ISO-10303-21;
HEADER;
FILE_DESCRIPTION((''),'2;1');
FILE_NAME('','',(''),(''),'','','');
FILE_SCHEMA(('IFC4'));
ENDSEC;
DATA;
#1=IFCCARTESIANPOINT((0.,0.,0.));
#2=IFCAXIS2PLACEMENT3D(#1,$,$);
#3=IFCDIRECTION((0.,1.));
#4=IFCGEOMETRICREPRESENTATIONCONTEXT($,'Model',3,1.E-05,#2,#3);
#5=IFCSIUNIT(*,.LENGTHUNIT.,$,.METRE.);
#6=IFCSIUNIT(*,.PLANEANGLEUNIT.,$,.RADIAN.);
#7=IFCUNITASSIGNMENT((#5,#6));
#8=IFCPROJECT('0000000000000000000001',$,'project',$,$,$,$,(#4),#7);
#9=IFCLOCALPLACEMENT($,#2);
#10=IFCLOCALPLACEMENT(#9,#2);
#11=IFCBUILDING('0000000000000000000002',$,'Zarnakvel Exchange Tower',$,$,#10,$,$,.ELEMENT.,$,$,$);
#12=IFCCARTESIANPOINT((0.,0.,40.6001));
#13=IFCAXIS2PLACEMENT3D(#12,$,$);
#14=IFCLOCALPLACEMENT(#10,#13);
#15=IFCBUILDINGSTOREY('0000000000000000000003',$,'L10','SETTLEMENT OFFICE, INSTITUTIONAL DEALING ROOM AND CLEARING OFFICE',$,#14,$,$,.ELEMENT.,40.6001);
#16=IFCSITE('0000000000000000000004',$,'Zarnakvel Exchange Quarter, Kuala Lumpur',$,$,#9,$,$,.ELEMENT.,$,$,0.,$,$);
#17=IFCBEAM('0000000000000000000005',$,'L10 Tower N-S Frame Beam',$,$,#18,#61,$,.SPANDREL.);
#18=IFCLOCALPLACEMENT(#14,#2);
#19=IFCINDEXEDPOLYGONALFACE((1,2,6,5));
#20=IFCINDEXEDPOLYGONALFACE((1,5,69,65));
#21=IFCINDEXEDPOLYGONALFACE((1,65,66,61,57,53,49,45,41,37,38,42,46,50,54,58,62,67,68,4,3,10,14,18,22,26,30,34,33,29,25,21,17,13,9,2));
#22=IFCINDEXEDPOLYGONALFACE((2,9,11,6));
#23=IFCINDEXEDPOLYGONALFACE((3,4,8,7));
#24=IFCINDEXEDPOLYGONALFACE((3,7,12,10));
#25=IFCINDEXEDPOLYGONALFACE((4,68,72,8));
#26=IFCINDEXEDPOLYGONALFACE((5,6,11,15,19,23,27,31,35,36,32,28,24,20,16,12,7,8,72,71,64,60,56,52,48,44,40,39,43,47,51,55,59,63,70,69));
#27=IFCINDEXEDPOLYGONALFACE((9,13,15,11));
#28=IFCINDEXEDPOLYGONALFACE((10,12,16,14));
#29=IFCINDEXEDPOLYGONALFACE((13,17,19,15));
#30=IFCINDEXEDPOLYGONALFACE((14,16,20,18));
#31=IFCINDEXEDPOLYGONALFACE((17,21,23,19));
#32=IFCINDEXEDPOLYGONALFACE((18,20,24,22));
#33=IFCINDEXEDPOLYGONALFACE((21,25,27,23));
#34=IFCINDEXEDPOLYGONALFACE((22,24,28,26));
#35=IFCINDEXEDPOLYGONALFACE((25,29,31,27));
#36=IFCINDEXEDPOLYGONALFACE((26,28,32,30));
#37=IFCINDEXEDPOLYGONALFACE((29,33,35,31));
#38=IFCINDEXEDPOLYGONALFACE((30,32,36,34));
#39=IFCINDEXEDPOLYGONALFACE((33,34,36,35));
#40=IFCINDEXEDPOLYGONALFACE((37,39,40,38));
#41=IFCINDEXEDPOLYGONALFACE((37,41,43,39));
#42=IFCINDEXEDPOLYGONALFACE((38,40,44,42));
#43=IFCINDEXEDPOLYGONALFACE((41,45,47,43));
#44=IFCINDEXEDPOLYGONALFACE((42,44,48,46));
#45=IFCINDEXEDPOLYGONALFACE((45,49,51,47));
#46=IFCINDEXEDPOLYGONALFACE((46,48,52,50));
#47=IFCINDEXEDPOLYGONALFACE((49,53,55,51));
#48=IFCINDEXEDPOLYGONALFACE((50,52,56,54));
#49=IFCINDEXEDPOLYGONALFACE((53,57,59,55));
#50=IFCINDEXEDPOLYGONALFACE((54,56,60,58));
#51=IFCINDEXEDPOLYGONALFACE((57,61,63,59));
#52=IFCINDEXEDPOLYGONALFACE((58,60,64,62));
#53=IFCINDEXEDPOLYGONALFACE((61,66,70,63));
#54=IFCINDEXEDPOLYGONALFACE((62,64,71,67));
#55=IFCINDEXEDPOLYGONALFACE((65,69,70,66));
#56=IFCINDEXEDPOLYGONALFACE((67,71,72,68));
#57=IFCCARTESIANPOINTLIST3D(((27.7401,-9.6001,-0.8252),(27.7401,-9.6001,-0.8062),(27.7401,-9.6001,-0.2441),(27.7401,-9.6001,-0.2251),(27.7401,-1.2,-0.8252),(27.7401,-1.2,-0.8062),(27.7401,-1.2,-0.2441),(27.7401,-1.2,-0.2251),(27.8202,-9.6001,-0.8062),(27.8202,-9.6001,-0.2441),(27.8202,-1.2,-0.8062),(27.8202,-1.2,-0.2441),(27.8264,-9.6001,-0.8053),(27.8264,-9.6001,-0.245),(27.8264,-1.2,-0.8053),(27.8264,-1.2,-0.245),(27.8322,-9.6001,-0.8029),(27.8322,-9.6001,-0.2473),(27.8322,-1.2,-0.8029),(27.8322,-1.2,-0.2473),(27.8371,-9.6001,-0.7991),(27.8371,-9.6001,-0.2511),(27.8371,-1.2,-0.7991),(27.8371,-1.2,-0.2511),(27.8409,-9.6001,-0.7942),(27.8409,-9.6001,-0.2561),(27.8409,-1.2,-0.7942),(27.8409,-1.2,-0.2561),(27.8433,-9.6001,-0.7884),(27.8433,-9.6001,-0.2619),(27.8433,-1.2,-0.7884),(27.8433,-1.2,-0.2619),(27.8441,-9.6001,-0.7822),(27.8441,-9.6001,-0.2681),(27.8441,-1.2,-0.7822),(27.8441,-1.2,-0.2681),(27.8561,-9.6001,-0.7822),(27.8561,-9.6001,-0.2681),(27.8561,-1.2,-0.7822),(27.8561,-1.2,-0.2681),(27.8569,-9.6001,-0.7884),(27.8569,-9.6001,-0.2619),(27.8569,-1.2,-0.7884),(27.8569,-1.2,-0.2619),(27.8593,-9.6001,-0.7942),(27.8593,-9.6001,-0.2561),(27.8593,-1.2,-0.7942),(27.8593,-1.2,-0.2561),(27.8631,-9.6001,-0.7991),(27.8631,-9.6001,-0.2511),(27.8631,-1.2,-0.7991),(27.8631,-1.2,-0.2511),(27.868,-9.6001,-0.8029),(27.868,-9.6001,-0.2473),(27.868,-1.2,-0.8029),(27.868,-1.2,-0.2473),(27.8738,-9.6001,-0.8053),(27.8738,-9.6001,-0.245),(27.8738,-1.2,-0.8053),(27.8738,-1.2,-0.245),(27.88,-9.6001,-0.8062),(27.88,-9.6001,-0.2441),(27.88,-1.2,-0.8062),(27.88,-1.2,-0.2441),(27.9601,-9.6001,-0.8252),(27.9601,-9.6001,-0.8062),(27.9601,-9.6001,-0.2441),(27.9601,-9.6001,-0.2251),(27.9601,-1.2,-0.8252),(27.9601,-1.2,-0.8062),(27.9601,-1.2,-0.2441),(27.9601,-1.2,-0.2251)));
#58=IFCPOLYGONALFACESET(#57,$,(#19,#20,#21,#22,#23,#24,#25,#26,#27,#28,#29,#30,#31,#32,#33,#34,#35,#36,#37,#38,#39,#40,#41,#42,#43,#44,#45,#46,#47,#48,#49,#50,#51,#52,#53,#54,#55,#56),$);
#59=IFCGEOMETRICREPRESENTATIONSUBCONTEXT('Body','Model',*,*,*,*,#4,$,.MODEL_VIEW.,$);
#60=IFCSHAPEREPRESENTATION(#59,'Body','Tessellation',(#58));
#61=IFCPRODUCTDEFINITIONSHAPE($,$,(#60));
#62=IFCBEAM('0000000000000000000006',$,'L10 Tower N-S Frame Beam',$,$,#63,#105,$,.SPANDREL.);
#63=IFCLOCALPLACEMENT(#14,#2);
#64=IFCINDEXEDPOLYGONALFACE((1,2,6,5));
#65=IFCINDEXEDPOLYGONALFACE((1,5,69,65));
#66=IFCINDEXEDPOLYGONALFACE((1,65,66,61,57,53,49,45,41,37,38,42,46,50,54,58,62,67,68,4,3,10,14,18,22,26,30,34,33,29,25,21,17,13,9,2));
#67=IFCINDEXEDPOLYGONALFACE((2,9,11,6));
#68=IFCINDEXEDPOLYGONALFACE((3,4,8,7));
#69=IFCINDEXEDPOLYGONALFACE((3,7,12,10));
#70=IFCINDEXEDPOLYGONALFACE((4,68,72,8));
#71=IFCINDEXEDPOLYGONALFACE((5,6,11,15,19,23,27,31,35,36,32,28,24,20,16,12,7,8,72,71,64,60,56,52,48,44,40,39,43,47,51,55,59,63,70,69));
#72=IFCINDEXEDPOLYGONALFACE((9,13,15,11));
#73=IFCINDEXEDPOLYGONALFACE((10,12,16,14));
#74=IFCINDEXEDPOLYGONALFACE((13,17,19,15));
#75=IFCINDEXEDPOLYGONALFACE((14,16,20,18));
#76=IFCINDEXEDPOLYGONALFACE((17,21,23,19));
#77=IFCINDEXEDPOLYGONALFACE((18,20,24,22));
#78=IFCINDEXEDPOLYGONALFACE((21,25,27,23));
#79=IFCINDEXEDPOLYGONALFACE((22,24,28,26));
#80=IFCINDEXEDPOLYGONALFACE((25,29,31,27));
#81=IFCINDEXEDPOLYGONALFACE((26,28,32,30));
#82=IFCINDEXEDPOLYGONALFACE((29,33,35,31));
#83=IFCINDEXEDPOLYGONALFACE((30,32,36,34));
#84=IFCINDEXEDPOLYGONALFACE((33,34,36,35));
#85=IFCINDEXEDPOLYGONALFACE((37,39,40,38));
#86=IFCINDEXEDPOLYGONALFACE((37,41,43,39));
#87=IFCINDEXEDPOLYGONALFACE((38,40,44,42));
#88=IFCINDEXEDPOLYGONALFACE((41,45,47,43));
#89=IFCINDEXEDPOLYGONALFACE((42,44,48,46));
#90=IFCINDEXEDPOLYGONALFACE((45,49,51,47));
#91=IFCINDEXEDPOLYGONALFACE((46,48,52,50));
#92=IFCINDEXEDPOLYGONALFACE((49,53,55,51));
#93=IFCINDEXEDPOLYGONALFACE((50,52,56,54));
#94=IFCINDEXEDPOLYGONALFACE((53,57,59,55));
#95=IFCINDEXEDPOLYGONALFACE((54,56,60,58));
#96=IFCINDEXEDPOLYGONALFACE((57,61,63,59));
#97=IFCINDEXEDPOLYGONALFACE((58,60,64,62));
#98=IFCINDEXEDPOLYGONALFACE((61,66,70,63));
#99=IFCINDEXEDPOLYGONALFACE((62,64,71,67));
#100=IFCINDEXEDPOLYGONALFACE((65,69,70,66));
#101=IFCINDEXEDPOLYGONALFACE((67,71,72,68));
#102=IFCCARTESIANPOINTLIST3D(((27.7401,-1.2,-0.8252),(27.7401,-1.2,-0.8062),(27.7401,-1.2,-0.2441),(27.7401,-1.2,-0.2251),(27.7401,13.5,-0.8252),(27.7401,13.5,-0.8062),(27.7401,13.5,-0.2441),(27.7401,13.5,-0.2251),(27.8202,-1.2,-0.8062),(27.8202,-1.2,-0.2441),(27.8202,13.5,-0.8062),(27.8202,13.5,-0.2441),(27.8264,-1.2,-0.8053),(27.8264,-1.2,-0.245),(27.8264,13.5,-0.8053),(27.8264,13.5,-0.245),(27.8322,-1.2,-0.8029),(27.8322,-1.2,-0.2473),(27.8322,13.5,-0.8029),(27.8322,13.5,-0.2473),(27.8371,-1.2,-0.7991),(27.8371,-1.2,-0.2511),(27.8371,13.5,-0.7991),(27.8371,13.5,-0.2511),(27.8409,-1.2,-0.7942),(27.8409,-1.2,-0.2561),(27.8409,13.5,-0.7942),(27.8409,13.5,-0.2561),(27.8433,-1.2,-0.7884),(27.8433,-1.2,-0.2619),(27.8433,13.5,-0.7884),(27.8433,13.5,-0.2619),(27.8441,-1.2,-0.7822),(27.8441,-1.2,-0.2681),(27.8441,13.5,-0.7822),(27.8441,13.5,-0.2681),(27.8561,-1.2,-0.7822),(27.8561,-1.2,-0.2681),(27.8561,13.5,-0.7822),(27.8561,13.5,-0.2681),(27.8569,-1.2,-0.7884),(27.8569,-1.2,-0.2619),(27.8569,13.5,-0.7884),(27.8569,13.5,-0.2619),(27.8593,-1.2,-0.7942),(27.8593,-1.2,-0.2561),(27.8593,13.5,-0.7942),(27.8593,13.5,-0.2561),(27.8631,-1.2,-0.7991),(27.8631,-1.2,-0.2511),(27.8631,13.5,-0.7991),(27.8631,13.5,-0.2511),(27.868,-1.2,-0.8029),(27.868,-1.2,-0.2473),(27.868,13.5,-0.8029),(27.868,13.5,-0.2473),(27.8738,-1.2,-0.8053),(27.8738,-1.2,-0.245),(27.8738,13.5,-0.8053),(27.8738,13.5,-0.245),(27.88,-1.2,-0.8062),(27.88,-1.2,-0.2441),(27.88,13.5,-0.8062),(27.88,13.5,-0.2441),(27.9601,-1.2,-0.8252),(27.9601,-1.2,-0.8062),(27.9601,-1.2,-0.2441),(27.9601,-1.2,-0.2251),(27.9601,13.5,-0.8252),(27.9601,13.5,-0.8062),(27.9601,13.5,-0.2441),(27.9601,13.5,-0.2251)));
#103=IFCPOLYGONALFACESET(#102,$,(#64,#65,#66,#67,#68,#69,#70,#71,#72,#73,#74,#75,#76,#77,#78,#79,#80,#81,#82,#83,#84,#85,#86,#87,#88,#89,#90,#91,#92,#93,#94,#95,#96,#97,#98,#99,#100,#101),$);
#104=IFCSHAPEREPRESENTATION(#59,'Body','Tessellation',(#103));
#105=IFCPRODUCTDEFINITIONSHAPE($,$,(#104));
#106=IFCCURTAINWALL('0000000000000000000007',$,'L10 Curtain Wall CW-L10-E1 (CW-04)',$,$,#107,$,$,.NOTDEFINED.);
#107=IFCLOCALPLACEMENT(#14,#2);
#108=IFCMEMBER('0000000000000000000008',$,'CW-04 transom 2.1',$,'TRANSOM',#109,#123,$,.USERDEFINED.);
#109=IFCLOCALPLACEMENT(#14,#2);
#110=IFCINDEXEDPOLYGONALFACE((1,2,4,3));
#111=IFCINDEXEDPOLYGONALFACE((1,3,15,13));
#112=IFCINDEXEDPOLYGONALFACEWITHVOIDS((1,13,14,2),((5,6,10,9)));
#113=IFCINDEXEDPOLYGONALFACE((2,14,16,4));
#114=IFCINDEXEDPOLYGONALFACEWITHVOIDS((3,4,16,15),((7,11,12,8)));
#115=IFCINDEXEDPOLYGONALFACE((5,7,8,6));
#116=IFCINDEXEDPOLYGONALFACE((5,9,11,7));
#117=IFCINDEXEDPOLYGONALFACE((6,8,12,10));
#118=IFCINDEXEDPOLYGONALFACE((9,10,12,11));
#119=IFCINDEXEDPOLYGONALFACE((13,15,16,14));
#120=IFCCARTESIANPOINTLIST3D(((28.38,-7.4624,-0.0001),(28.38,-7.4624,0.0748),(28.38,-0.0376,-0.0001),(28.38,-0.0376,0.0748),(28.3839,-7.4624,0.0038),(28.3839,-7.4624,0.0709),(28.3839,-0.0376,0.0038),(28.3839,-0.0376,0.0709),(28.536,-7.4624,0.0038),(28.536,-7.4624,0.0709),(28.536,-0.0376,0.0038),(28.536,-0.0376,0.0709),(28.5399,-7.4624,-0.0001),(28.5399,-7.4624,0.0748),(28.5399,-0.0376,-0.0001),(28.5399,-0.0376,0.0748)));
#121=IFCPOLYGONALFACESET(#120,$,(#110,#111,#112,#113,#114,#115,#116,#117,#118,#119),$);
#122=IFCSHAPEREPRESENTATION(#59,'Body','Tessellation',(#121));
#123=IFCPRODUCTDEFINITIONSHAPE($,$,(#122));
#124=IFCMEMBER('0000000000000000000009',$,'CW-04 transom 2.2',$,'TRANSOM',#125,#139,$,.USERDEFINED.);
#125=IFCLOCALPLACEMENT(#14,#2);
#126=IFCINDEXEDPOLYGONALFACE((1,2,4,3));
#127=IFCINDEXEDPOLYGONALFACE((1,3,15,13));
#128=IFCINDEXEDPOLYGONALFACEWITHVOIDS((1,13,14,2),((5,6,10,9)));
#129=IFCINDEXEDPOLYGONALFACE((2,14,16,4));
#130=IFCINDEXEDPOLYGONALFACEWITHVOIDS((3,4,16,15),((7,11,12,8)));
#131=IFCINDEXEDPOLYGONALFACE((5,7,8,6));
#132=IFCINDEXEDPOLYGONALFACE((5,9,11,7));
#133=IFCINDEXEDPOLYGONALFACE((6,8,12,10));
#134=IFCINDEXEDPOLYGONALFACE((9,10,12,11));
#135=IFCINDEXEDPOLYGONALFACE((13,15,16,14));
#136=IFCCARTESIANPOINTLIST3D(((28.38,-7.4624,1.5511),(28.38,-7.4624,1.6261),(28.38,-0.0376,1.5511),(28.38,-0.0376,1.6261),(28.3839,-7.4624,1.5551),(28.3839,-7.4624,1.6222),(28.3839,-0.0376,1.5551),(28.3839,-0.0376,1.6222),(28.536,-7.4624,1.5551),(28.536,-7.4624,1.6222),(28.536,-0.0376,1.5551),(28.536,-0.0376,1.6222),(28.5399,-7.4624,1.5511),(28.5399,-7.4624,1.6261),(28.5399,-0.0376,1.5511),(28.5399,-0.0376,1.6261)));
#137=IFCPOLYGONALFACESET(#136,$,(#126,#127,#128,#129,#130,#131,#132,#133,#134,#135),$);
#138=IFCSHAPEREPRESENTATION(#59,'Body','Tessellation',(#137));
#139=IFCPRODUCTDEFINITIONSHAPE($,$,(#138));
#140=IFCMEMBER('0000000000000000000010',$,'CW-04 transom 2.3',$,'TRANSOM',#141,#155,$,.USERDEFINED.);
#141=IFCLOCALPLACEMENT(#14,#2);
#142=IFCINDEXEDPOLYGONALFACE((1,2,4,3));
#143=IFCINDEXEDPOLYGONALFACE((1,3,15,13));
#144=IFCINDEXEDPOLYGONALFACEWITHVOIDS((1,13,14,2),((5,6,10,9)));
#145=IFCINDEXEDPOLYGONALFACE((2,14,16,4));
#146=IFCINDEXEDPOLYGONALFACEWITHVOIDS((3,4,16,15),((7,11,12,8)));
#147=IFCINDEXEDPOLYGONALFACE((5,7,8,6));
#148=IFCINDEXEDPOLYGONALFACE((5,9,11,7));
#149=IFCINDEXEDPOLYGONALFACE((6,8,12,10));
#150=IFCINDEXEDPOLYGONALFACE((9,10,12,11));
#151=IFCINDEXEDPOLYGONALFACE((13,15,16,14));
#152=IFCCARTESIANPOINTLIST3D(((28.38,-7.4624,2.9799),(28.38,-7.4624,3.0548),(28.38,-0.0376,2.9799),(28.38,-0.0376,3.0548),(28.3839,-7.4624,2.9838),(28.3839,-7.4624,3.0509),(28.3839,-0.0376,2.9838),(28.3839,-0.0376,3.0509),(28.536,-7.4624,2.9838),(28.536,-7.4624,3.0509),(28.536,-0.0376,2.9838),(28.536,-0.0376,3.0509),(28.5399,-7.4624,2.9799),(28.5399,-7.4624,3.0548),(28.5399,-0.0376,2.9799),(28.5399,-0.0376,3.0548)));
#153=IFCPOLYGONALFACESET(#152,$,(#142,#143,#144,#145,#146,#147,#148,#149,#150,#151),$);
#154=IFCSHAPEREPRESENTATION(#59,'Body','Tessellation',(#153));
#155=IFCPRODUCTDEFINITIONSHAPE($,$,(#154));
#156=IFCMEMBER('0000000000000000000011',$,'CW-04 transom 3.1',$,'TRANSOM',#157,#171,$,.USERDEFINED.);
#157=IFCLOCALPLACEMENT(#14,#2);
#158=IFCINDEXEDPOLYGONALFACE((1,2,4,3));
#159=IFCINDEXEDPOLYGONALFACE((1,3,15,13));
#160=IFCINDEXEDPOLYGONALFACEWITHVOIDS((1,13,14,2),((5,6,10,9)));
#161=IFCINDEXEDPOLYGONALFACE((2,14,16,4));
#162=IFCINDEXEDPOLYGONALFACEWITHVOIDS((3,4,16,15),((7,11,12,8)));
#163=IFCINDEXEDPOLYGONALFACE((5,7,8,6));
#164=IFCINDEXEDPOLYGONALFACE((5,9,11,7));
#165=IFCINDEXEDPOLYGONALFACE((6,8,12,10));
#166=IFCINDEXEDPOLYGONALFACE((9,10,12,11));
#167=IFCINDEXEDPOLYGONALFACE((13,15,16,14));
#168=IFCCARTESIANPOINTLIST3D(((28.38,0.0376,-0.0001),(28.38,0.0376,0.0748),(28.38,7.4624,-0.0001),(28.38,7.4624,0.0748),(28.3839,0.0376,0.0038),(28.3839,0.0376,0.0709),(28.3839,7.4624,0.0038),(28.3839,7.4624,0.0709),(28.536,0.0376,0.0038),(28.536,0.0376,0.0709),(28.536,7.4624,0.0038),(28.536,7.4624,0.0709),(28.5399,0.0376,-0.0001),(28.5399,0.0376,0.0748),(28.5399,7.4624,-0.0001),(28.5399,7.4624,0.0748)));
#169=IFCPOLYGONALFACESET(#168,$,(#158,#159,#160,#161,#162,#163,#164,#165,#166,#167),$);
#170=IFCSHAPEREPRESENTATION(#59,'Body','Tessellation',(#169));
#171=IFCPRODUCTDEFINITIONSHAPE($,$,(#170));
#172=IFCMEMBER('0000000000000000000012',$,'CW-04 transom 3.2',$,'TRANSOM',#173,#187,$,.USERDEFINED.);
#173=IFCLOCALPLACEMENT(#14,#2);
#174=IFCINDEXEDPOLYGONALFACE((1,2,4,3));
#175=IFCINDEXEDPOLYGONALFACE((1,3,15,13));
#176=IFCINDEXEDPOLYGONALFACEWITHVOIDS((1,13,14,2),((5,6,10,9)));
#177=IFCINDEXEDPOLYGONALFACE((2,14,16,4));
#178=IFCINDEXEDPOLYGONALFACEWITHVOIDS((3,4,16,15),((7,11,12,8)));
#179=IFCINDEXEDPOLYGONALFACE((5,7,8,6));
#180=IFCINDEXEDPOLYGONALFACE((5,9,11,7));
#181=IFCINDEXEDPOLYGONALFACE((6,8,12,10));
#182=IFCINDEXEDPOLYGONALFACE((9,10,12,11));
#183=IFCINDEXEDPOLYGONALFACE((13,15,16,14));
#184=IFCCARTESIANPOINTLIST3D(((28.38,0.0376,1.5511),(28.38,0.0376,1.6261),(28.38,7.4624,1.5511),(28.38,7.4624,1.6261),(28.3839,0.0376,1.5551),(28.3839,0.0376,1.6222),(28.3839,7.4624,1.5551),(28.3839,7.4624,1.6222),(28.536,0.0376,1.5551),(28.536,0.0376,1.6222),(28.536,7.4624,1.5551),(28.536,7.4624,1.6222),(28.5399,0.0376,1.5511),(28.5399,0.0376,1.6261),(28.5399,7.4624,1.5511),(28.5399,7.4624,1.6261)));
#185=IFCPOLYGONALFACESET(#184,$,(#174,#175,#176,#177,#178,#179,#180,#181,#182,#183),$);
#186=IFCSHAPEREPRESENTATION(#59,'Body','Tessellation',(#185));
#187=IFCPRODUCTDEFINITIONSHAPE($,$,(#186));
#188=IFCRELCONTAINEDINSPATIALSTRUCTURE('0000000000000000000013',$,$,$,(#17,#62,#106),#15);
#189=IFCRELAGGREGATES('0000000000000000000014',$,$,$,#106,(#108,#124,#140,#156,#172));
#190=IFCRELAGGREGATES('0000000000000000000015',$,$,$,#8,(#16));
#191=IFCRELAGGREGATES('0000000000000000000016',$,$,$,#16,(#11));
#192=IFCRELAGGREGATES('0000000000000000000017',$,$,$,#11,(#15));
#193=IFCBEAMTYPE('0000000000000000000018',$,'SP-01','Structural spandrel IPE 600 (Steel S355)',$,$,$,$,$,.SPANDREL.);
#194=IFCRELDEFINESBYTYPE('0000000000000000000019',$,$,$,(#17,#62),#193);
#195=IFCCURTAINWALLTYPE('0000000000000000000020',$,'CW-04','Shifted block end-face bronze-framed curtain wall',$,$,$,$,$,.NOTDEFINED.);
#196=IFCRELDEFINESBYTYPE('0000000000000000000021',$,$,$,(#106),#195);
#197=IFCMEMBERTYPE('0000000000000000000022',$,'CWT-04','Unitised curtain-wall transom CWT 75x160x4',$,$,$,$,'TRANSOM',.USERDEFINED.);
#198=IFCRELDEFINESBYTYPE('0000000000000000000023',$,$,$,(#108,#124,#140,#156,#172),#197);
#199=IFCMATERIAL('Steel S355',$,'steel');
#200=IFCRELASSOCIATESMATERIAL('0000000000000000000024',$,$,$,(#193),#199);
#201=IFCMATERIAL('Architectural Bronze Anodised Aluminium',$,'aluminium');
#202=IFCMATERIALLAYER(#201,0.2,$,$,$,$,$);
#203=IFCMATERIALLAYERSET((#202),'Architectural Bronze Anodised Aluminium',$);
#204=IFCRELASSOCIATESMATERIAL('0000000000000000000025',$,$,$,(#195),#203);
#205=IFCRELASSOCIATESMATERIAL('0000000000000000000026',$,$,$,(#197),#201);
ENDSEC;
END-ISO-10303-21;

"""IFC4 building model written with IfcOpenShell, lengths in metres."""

from ifc_helpers import new_model, si_unit, direction, frame, origin, origin_2d, place, context, subcontext, project, spatial, hollow_rectangle, i_section, extrude, source, transform, mapped, material, layer, layer_set, material_profile, profile_set, type_object, element, aggregate, save


model = new_model("IFC4")

# Units and contexts
model_context = context("Model", 3, precision=1e-05, world=origin(), true_north=direction((0.0, 1.0)))
body_context = subcontext(model_context, "Body", "Model", "MODEL_VIEW")
ifc_project = project(units=[si_unit("LENGTHUNIT", "METRE"), si_unit("PLANEANGLEUNIT", "RADIAN")], contexts=[model_context])

# Site, building, storey
site_placement = place(None, origin())
site = spatial("IfcSite", under=ifc_project, at=site_placement, Name="Zarnakvel Exchange Quarter, Kuala Lumpur", CompositionType="ELEMENT", RefElevation=0.0)
building_placement = place(site_placement, origin())
building = spatial("IfcBuilding", under=site, at=building_placement, Name="Zarnakvel Exchange Tower", CompositionType="ELEMENT")
storey_placement = place(building_placement, frame((0.0, 0.0, 40.6001)))
storey = spatial("IfcBuildingStorey", under=building, at=storey_placement, Name="L10", Description="SETTLEMENT OFFICE, INSTITUTIONAL DEALING ROOM AND CLEARING OFFICE", CompositionType="ELEMENT", Elevation=40.6001)

# Shared definitions
ifc_material_1 = material(Name="Steel S355", Category="steel")

# Beams
ifc_material_profile_1 = material_profile(ifc_material_1, i_section(OverallWidth=0.22, OverallDepth=0.6001, WebThickness=0.012, FlangeThickness=0.019, FilletRadius=0.0239, at=origin_2d()))
ifc_profile_set_1 = profile_set([ifc_material_profile_1], Name="Steel S355")
beam_type_1 = type_object("IfcBeamType", Name="SP-01", Description="Structural spandrel IPE 600 (Steel S355)", PredefinedType="SPANDREL", material=ifc_profile_set_1)
beam_1_placement = place(storey_placement, frame((27.8501, -9.6001, -0.5251), z_axis=(0.0, 1.0, 0.0), x_axis=(-1.0, 0.0, 0.0)))
element("IfcBeam", 1, at=beam_1_placement, inside=storey, type_object=beam_type_1, Name="L10 Tower N-S Frame Beam", PredefinedType="SPANDREL", context=body_context, shape_type="SweptSolid", body=[
    extrude(i_section(OverallWidth=0.22, OverallDepth=0.6001, WebThickness=0.012, FlangeThickness=0.019, FilletRadius=0.0239, at=origin_2d()), origin(), (0.0, 0.0, 1.0), 8.4001),
])
beam_2_placement = place(storey_placement, frame((27.8501, -1.2, -0.5251), z_axis=(0.0, 1.0, 0.0), x_axis=(-1.0, 0.0, 0.0)))
element("IfcBeam", 2, at=beam_2_placement, inside=storey, type_object=beam_type_1, Name="L10 Tower N-S Frame Beam", PredefinedType="SPANDREL", context=body_context, shape_type="SweptSolid", body=[
    extrude(i_section(OverallWidth=0.22, OverallDepth=0.6001, WebThickness=0.012, FlangeThickness=0.019, FilletRadius=0.0239, at=origin_2d()), origin(), (0.0, 0.0, 1.0), 14.7),
])

# Curtain wall, members
ifc_material_2 = material(Name="Architectural Bronze Anodised Aluminium", Category="aluminium")
ifc_layer_1 = layer(ifc_material_2, 0.2)
ifc_layer_set_1 = layer_set([ifc_layer_1], Name="Architectural Bronze Anodised Aluminium")
curtain_wall_type = type_object("IfcCurtainWallType", Name="CW-04", Description="Shifted block end-face bronze-framed curtain wall", PredefinedType="NOTDEFINED", material=ifc_layer_set_1)
curtain_wall_placement = place(storey_placement, origin())
curtain_wall = element("IfcCurtainWall", 3, at=curtain_wall_placement, inside=storey, type_object=curtain_wall_type, Name="L10 Curtain Wall CW-L10-E1 (CW-04)", PredefinedType="NOTDEFINED")
ifc_material_profile_2 = material_profile(ifc_material_2, hollow_rectangle(XDim=0.1599, YDim=0.075, WallThickness=0.0039, at=origin_2d()))
ifc_profile_set_2 = profile_set([ifc_material_profile_2], Name="Architectural Bronze Anodised Aluminium")
member_type_1 = type_object("IfcMemberType", Name="CWT-04", Description="Unitised curtain-wall transom CWT 75x160x4", ElementType="TRANSOM", PredefinedType="USERDEFINED", material=ifc_profile_set_2)
shared_shape_1 = source(origin(), body_context, "Body", "SweptSolid", [
    extrude(hollow_rectangle(XDim=0.1599, YDim=0.075, WallThickness=0.0039, at=origin_2d()), origin(), (0.0, 0.0, 1.0), 7.4248),
])
member_1_placement = place(storey_placement, frame((28.46, -7.4624, 0.0374), z_axis=(0.0, 1.0, 0.0), x_axis=(-1.0, 0.0, 0.0)))
member_1 = element("IfcMember", 4, at=member_1_placement, type_object=member_type_1, Name="CW-04 transom 2.1", ObjectType="TRANSOM", PredefinedType="USERDEFINED", context=body_context, shape_type="MappedRepresentation", body=[
    mapped(shared_shape_1, transform((0.0, 0.0, 0.0), x_axis=(1.0, 0.0, 0.0), y_axis=(0.0, 1.0, 0.0), z_axis=(0.0, 0.0, 1.0), scale=1.0)),
])
member_2_placement = place(storey_placement, frame((28.46, -7.4624, 1.5886), z_axis=(0.0, 1.0, 0.0), x_axis=(-1.0, 0.0, 0.0)))
member_2 = element("IfcMember", 5, at=member_2_placement, type_object=member_type_1, Name="CW-04 transom 2.2", ObjectType="TRANSOM", PredefinedType="USERDEFINED", context=body_context, shape_type="MappedRepresentation", body=[
    mapped(shared_shape_1, transform((0.0, 0.0, 0.0), x_axis=(1.0, 0.0, 0.0), y_axis=(0.0, 1.0, 0.0), z_axis=(0.0, 0.0, 1.0), scale=1.0)),
])
member_3_placement = place(storey_placement, frame((28.46, -7.4624, 3.0173), z_axis=(0.0, 1.0, 0.0), x_axis=(-1.0, 0.0, 0.0)))
member_3 = element("IfcMember", 6, at=member_3_placement, type_object=member_type_1, Name="CW-04 transom 2.3", ObjectType="TRANSOM", PredefinedType="USERDEFINED", context=body_context, shape_type="MappedRepresentation", body=[
    mapped(shared_shape_1, transform((0.0, 0.0, 0.0), x_axis=(1.0, 0.0, 0.0), y_axis=(0.0, 1.0, 0.0), z_axis=(0.0, 0.0, 1.0), scale=1.0)),
])
member_4_placement = place(storey_placement, frame((28.46, 0.0376, 0.0374), z_axis=(0.0, 1.0, 0.0), x_axis=(-1.0, 0.0, 0.0)))
member_4 = element("IfcMember", 7, at=member_4_placement, type_object=member_type_1, Name="CW-04 transom 3.1", ObjectType="TRANSOM", PredefinedType="USERDEFINED", context=body_context, shape_type="MappedRepresentation", body=[
    mapped(shared_shape_1, transform((0.0, 0.0, 0.0), x_axis=(1.0, 0.0, 0.0), y_axis=(0.0, 1.0, 0.0), z_axis=(0.0, 0.0, 1.0), scale=1.0)),
])
member_5_placement = place(storey_placement, frame((28.46, 0.0376, 1.5886), z_axis=(0.0, 1.0, 0.0), x_axis=(-1.0, 0.0, 0.0)))
member_5 = element("IfcMember", 8, at=member_5_placement, type_object=member_type_1, Name="CW-04 transom 3.2", ObjectType="TRANSOM", PredefinedType="USERDEFINED", context=body_context, shape_type="MappedRepresentation", body=[
    mapped(shared_shape_1, transform((0.0, 0.0, 0.0), x_axis=(1.0, 0.0, 0.0), y_axis=(0.0, 1.0, 0.0), z_axis=(0.0, 0.0, 1.0), scale=1.0)),
])
aggregate(curtain_wall, [member_1, member_2, member_3, member_4, member_5])

save(model, "model.ifc")
